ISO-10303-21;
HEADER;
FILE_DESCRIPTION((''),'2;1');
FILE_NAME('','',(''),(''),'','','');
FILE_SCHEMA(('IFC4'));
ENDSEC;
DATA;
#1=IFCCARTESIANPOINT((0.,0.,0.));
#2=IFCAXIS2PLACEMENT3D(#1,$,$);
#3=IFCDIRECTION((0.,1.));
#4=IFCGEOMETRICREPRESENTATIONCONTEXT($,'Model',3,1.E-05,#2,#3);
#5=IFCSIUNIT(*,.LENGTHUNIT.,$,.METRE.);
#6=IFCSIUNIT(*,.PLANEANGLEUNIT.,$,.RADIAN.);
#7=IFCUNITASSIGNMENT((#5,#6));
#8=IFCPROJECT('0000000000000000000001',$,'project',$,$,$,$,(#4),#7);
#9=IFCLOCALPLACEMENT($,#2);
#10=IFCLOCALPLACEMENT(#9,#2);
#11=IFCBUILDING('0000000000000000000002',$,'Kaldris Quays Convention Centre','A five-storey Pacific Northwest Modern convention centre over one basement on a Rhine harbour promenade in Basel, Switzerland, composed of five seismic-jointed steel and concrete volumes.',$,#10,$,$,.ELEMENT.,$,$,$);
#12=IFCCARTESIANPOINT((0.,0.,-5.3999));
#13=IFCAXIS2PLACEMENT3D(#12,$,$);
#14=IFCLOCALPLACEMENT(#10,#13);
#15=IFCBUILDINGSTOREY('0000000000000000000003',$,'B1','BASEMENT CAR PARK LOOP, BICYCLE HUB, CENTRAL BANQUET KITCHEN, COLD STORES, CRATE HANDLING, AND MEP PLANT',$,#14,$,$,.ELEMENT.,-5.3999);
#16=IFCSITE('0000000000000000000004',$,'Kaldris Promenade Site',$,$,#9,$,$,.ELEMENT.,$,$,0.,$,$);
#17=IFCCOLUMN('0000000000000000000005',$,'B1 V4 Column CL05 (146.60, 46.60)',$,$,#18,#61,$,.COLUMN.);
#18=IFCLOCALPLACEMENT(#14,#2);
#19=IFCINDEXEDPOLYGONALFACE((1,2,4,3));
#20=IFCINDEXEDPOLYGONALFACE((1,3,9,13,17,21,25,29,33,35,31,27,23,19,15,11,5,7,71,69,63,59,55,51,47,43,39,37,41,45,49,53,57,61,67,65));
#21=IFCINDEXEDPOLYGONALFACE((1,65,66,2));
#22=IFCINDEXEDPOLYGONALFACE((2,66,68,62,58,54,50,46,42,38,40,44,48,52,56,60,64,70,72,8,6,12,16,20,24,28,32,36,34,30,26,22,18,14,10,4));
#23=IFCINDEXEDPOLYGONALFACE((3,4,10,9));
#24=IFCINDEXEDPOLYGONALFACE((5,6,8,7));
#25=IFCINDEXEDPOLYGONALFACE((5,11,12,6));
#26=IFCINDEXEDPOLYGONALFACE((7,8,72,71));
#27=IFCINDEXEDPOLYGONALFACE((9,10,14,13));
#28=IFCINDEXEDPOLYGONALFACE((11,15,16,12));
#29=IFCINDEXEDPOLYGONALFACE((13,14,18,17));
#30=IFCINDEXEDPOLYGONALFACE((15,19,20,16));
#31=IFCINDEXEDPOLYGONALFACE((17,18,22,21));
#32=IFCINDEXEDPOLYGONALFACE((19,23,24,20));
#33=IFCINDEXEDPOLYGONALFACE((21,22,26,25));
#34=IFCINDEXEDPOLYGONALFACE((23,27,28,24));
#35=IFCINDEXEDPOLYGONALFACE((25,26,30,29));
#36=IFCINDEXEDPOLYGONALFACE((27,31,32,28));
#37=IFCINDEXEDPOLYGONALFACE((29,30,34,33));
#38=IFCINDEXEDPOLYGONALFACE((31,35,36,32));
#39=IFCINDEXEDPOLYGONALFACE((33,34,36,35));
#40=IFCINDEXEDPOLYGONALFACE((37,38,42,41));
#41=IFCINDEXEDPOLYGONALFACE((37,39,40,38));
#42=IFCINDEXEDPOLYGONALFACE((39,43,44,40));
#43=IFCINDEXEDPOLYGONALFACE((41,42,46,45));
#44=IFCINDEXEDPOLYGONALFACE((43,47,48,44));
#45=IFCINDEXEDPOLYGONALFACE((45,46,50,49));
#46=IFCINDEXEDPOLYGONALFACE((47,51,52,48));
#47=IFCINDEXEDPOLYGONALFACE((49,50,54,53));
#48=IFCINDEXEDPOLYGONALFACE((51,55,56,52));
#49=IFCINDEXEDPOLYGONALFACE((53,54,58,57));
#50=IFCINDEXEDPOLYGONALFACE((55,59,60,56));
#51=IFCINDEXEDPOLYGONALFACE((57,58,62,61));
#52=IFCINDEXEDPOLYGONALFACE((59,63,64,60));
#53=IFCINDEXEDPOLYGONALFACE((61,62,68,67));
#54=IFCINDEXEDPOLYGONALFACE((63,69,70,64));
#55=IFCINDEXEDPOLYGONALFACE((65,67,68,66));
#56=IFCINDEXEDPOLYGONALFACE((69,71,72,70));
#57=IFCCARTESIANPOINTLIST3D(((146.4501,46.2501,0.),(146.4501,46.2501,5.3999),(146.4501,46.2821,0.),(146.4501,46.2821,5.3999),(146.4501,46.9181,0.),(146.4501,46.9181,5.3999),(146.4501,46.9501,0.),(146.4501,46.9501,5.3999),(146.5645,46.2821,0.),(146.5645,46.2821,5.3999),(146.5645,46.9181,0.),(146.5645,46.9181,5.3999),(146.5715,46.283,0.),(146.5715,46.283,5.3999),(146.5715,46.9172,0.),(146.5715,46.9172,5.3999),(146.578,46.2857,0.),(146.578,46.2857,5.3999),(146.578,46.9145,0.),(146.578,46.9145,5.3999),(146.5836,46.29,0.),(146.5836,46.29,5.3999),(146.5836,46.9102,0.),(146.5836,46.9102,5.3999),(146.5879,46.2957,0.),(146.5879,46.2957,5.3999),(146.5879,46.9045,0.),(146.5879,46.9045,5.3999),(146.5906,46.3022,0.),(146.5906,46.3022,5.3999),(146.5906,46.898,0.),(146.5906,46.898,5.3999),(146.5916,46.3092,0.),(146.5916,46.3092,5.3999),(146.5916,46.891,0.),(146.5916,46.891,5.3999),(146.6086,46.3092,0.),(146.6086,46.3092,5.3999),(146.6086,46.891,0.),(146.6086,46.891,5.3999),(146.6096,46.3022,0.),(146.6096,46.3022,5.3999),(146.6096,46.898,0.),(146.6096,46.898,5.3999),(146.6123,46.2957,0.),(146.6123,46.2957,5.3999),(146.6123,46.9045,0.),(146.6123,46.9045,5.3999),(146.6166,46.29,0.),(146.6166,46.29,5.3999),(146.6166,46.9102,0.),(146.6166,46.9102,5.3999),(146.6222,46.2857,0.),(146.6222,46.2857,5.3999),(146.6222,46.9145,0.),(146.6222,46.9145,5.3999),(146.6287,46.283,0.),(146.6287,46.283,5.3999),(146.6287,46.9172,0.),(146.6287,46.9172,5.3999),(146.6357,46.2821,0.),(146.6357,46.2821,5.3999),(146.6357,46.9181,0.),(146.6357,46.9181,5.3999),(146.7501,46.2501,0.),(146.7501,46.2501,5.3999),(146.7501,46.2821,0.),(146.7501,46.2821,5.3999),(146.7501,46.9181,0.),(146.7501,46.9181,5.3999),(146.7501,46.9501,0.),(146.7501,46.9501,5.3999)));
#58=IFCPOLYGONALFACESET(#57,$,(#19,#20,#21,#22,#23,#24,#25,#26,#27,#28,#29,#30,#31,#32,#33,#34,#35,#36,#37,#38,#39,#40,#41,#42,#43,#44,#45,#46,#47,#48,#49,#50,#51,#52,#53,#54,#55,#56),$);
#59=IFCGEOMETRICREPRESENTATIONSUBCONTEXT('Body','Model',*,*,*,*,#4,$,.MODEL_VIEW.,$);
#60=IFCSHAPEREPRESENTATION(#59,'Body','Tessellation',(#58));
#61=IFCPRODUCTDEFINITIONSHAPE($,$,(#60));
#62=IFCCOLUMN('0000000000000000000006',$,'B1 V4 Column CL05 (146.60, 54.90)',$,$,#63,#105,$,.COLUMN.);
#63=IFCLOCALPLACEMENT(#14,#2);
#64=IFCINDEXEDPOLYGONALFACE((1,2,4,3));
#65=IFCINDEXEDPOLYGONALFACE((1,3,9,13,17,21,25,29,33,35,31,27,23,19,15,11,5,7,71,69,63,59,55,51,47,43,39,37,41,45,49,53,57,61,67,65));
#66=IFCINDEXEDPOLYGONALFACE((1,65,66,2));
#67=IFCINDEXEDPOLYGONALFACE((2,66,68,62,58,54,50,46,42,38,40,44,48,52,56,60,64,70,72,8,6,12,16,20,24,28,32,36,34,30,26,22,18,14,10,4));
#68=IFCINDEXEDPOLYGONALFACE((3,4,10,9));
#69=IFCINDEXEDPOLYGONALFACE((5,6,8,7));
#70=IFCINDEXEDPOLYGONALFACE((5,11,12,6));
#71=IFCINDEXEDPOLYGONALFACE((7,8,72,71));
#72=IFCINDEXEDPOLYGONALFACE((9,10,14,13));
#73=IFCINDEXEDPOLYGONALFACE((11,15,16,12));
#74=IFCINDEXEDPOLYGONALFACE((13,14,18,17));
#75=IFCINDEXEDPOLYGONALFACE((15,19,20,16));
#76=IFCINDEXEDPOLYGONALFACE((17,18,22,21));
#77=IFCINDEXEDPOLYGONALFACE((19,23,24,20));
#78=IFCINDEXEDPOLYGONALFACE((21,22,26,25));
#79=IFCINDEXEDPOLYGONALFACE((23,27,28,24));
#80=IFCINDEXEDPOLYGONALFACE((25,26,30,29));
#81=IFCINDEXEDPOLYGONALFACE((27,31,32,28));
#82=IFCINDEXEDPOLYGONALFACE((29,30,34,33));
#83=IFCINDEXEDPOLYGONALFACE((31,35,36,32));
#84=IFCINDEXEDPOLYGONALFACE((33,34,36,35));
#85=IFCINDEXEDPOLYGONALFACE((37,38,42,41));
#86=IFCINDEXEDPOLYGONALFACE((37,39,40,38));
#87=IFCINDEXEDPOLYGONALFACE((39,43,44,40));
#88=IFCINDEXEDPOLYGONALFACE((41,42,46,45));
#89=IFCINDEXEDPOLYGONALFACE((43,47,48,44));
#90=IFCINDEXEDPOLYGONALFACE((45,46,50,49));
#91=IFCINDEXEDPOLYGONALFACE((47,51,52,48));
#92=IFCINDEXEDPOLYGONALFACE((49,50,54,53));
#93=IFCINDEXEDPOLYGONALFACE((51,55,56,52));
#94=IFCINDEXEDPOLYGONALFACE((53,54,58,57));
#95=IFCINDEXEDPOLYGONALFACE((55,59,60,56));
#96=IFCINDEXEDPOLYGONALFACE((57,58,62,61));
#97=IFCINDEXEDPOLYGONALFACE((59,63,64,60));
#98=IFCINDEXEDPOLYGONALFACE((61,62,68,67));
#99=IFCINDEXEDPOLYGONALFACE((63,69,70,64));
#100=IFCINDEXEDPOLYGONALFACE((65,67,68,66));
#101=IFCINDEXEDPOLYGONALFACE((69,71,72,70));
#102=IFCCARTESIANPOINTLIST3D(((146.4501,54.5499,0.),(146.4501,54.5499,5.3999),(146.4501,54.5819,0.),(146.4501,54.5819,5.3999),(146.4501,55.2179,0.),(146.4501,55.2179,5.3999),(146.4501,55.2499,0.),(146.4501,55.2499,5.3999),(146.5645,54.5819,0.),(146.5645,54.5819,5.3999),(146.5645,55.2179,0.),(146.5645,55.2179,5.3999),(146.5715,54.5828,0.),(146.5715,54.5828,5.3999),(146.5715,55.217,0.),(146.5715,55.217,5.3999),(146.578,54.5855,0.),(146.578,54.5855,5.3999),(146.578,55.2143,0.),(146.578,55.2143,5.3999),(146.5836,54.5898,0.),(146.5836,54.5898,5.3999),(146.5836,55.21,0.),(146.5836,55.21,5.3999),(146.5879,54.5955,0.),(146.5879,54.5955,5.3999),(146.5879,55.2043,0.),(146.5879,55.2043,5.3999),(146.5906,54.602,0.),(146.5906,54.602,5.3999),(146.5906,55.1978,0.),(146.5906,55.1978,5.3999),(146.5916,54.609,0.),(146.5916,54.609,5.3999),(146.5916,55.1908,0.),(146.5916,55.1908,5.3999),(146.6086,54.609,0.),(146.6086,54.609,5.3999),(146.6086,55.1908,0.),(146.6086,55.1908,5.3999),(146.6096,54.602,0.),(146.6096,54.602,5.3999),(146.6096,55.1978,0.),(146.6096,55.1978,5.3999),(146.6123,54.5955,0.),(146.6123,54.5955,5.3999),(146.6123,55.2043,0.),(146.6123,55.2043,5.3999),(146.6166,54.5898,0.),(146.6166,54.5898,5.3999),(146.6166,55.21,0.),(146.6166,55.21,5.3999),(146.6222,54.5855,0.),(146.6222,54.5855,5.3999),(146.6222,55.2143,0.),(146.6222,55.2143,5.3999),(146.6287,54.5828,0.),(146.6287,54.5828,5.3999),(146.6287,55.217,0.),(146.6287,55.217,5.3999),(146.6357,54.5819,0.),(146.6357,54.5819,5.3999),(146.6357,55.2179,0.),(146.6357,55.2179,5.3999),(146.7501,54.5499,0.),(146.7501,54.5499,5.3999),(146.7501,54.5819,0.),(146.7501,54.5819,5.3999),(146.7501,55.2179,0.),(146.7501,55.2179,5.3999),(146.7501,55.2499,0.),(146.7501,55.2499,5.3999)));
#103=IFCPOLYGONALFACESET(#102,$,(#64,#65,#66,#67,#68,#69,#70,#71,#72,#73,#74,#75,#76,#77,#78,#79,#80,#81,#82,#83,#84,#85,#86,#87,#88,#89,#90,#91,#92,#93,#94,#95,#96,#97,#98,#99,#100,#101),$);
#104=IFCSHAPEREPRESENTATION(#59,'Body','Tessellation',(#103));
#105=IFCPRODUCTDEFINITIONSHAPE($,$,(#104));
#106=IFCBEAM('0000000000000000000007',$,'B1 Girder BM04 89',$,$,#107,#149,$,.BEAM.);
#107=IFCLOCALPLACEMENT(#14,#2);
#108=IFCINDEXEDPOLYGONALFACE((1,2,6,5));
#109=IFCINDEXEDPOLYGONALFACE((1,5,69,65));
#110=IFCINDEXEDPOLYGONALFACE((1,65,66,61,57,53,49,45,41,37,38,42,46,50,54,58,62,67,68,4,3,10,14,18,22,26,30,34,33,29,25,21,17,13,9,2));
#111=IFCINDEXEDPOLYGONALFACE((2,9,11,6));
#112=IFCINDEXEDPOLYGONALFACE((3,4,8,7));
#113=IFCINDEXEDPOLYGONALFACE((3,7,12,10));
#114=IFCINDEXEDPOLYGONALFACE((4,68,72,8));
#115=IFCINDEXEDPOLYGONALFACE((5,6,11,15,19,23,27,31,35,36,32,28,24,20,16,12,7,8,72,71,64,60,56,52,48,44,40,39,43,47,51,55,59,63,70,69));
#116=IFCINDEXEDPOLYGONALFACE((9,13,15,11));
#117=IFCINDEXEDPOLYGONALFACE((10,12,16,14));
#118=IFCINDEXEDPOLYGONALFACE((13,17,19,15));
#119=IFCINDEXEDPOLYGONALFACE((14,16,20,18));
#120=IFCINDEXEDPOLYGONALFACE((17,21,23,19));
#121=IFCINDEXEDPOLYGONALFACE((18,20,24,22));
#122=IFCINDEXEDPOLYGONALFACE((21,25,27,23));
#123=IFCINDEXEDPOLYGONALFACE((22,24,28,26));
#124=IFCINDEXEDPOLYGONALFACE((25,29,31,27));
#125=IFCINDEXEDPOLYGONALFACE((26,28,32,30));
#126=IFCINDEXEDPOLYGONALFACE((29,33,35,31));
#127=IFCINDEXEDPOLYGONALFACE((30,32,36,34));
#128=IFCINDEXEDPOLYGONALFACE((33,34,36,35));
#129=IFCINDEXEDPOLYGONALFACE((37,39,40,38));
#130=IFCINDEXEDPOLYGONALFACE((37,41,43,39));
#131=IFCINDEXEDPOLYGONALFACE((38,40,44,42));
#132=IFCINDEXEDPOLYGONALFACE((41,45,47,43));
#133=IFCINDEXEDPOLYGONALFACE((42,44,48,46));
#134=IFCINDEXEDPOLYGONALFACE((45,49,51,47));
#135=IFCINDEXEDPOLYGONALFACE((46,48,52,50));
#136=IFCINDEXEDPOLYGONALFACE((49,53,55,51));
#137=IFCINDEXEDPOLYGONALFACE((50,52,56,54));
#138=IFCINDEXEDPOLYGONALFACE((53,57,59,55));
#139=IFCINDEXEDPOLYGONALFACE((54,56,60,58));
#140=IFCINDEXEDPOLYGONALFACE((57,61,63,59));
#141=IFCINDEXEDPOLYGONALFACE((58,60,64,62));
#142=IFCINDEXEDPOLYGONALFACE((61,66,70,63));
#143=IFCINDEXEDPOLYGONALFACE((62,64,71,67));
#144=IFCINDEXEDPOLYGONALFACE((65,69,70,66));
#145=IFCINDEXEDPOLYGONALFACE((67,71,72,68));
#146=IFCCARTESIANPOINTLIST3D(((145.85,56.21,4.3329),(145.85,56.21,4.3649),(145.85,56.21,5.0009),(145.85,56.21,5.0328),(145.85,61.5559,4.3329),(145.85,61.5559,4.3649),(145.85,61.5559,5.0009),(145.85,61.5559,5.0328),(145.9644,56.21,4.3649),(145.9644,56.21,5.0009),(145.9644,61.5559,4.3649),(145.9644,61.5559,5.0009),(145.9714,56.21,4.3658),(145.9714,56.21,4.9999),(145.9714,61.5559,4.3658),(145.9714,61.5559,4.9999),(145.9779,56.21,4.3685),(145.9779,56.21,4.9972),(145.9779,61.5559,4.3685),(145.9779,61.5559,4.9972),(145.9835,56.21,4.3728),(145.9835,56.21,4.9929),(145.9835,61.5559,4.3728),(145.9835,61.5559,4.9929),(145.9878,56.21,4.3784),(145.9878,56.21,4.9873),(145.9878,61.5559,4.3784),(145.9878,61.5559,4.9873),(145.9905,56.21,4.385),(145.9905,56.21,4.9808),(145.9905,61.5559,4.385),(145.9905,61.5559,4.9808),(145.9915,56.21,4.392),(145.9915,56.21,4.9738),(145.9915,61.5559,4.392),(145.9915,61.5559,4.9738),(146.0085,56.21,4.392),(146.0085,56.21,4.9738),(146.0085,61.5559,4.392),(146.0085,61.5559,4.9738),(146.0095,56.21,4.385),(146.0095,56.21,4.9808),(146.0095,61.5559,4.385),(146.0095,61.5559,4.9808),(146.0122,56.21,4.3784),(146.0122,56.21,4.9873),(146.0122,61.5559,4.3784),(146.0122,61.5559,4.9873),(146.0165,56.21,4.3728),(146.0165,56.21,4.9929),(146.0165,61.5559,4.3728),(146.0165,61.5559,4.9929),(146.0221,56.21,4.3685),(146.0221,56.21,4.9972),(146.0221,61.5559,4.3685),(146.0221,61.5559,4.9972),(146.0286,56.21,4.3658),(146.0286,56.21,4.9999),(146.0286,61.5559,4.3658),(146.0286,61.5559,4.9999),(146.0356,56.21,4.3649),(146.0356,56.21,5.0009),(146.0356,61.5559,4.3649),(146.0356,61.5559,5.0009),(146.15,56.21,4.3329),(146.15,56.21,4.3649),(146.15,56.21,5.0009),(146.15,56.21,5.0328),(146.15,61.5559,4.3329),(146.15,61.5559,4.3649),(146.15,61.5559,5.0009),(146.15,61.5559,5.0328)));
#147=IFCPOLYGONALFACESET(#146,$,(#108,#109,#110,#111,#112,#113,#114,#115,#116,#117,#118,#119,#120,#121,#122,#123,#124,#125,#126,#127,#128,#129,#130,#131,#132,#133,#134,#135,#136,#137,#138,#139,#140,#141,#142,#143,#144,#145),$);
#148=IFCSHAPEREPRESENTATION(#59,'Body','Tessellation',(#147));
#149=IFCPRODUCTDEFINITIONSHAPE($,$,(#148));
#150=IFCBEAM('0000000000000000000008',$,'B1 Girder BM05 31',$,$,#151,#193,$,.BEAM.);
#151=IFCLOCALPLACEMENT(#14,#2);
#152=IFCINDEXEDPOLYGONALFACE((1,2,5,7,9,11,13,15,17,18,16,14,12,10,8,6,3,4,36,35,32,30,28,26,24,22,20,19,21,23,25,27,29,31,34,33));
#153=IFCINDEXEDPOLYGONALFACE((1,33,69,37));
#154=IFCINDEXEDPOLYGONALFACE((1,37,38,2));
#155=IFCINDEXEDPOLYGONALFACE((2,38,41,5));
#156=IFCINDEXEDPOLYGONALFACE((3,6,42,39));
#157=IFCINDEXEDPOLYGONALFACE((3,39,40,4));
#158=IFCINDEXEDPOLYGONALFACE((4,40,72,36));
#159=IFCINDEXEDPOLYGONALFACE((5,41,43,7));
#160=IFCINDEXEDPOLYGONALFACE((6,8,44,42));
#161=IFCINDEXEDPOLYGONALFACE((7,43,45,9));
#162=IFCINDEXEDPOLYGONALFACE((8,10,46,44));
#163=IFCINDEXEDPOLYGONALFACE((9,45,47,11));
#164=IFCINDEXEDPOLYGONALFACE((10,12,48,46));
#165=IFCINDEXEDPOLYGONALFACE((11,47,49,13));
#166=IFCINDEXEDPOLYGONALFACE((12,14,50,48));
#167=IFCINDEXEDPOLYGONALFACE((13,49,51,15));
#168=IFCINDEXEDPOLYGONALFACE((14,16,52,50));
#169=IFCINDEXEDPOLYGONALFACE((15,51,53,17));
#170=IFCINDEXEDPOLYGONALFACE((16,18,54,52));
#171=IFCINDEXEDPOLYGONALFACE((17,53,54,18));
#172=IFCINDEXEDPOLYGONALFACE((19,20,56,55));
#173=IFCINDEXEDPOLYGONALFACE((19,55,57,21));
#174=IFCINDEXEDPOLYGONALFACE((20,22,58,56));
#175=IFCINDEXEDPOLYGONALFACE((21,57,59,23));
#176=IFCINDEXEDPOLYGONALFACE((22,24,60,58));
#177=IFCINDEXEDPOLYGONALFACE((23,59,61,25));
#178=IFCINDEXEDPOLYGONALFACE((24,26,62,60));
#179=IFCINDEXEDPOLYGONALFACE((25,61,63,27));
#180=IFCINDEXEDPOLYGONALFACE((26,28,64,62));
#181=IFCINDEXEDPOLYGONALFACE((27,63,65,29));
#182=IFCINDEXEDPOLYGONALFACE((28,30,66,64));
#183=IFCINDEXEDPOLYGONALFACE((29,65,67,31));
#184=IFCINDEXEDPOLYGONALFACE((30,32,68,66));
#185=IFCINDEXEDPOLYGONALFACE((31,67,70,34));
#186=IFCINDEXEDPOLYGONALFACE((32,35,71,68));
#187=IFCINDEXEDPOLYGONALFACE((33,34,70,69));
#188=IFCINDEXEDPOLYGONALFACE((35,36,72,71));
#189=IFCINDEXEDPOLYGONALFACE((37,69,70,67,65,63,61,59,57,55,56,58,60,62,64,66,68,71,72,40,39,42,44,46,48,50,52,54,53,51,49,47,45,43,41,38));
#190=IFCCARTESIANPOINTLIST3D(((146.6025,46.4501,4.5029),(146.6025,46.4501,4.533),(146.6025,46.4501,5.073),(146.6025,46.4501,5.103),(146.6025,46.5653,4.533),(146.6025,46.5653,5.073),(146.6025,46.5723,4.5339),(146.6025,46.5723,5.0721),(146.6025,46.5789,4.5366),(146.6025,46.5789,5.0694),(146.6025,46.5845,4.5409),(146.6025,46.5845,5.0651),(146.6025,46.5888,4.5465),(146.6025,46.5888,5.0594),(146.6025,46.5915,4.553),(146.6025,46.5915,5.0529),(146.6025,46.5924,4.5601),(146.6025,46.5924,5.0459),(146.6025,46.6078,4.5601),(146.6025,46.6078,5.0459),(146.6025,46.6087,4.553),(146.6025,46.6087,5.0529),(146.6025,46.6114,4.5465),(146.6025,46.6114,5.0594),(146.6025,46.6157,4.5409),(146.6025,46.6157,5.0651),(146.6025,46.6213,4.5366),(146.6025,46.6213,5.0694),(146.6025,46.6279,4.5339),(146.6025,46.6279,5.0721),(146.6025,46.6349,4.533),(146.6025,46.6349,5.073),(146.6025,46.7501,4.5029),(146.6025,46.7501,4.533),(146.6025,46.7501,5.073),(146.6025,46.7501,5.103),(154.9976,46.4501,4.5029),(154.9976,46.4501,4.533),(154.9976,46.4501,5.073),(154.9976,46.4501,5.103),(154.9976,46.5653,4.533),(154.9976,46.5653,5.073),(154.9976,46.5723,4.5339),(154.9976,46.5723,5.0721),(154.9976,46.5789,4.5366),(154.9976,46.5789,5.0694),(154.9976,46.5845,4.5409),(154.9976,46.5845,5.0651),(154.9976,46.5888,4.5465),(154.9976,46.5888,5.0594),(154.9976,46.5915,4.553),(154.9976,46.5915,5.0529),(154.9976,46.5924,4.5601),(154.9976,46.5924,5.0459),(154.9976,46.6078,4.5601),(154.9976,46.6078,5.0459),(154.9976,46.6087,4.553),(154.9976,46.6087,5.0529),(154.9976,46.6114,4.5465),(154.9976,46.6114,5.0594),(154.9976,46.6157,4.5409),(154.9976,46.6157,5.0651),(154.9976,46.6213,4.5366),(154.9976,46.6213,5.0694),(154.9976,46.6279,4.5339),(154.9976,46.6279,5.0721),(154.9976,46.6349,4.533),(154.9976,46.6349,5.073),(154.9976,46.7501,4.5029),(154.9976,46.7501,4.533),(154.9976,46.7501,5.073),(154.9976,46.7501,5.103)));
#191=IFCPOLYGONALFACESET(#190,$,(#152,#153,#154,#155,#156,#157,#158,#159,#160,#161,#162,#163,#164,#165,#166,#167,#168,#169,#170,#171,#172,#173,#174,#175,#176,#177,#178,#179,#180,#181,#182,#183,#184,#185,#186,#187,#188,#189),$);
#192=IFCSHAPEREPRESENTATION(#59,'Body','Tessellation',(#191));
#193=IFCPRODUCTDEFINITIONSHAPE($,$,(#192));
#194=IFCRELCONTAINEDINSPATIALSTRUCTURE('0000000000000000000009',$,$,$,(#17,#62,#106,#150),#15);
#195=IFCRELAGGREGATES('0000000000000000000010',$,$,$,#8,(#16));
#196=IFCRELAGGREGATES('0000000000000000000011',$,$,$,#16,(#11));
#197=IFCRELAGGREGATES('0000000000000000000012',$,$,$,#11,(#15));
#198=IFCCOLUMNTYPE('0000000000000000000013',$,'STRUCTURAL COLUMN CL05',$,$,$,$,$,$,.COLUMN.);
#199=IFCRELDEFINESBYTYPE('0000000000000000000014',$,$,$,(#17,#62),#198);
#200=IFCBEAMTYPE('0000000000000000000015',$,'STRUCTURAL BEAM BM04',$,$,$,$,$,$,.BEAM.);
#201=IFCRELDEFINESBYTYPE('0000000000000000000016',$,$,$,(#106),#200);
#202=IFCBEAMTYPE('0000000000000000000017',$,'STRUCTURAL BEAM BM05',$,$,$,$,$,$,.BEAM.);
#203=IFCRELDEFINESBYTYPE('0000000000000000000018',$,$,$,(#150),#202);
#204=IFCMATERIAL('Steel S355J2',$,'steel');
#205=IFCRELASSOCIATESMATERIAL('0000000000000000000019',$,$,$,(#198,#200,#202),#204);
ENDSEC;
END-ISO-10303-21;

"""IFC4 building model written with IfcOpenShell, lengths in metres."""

from ifc_helpers import new_model, si_unit, direction, frame, origin, origin_2d, place, context, subcontext, project, spatial, i_section, extrude, material, material_profile, profile_set, type_object, element, save


model = new_model("IFC4")

# Units and contexts
model_context = context("Model", 3, precision=1e-05, world=origin(), true_north=direction((0.0, 1.0)))
body_context = subcontext(model_context, "Body", "Model", "MODEL_VIEW")
ifc_project = project(units=[si_unit("LENGTHUNIT", "METRE"), si_unit("PLANEANGLEUNIT", "RADIAN")], contexts=[model_context])

# Site, building, storey
site_placement = place(None, origin())
site = spatial("IfcSite", under=ifc_project, at=site_placement, Name="Kaldris Promenade Site", CompositionType="ELEMENT", RefElevation=0.0)
building_placement = place(site_placement, origin())
building = spatial("IfcBuilding", under=site, at=building_placement, Name="Kaldris Quays Convention Centre", Description="A five-storey Pacific Northwest Modern convention centre over one basement on a Rhine harbour promenade in Basel, Switzerland, composed of five seismic-jointed steel and concrete volumes.", CompositionType="ELEMENT")
storey_placement = place(building_placement, frame((0.0, 0.0, -5.3999)))
storey = spatial("IfcBuildingStorey", under=building, at=storey_placement, Name="B1", Description="BASEMENT CAR PARK LOOP, BICYCLE HUB, CENTRAL BANQUET KITCHEN, COLD STORES, CRATE HANDLING, AND MEP PLANT", CompositionType="ELEMENT", Elevation=-5.3999)

# Columns
ifc_material_1 = material(Name="Steel S355J2", Category="steel")
ifc_material_profile_1 = material_profile(ifc_material_1, i_section(OverallWidth=0.3, OverallDepth=0.7, WebThickness=0.0171, FlangeThickness=0.032, FilletRadius=0.0271, at=origin_2d()), Name="HEB 700")
ifc_profile_set_1 = profile_set([ifc_material_profile_1], Name="Steel S355J2")
column_type_1 = type_object("IfcColumnType", Name="STRUCTURAL COLUMN CL05", PredefinedType="COLUMN", material=ifc_profile_set_1)
for number, where, z_axis, x_axis, name in (
    (1, (146.6001, 46.6001, 0.0), (0.0, 0.0, 1.0), (1.0, 0.0, 0.0), "B1 V4 Column CL05 (146.60, 46.60)"),
    (2, (146.6001, 54.8999, 0.0), (0.0, 0.0, 1.0), (1.0, 0.0, 0.0), "B1 V4 Column CL05 (146.60, 54.90)"),
):
    element("IfcColumn", number, at=place(storey_placement, frame(where, z_axis=z_axis, x_axis=x_axis)), inside=storey, type_object=column_type_1, Name=name, PredefinedType="COLUMN", context=body_context, shape_type="SweptSolid", body=[
        extrude(i_section(OverallWidth=0.3, OverallDepth=0.7, WebThickness=0.0171, FlangeThickness=0.032, FilletRadius=0.0271, at=origin_2d()), origin(), (0.0, 0.0, 1.0), 5.3999),
    ])

# Beams
ifc_material_profile_2 = material_profile(ifc_material_1, i_section(OverallWidth=0.3, OverallDepth=0.7, WebThickness=0.0171, FlangeThickness=0.032, FilletRadius=0.0271, at=origin_2d()), Name="HEB 700")
ifc_profile_set_2 = profile_set([ifc_material_profile_2], Name="Steel S355J2")
beam_type_1 = type_object("IfcBeamType", Name="STRUCTURAL BEAM BM04", PredefinedType="BEAM", material=ifc_profile_set_2)
beam_1_placement = place(storey_placement, frame((146.0, 56.21, 4.6829), z_axis=(0.0, 1.0, 0.0), x_axis=(-1.0, 0.0, 0.0)))
element("IfcBeam", 3, at=beam_1_placement, inside=storey, type_object=beam_type_1, Name="B1 Girder BM04 89", PredefinedType="BEAM", context=body_context, shape_type="SweptSolid", body=[
    extrude(i_section(OverallWidth=0.3, OverallDepth=0.7, WebThickness=0.0171, FlangeThickness=0.032, FilletRadius=0.0271, at=origin_2d()), origin(), (0.0, 0.0, 1.0), 5.3459),
])
ifc_material_profile_3 = material_profile(ifc_material_1, i_section(OverallWidth=0.3, OverallDepth=0.6001, WebThickness=0.0154, FlangeThickness=0.03, FilletRadius=0.0271, at=origin_2d()), Name="HEB 600")
ifc_profile_set_3 = profile_set([ifc_material_profile_3], Name="Steel S355J2")
beam_type_2 = type_object("IfcBeamType", Name="STRUCTURAL BEAM BM05", PredefinedType="BEAM", material=ifc_profile_set_3)
for number, where, z_axis, x_axis, name in (
    (4, (146.6025, 46.6001, 4.803), (1.0, 0.0, 0.0), (0.0, 1.0, 0.0), "B1 Girder BM05 31"),
):
    element("IfcBeam", number, at=place(storey_placement, frame(where, z_axis=z_axis, x_axis=x_axis)), inside=storey, type_object=beam_type_2, Name=name, PredefinedType="BEAM", context=body_context, shape_type="SweptSolid", body=[
        extrude(i_section(OverallWidth=0.3, OverallDepth=0.6001, WebThickness=0.0154, FlangeThickness=0.03, FilletRadius=0.0271, at=origin_2d()), origin(), (0.0, 0.0, 1.0), 8.395),
    ])

save(model, "model.ifc")
